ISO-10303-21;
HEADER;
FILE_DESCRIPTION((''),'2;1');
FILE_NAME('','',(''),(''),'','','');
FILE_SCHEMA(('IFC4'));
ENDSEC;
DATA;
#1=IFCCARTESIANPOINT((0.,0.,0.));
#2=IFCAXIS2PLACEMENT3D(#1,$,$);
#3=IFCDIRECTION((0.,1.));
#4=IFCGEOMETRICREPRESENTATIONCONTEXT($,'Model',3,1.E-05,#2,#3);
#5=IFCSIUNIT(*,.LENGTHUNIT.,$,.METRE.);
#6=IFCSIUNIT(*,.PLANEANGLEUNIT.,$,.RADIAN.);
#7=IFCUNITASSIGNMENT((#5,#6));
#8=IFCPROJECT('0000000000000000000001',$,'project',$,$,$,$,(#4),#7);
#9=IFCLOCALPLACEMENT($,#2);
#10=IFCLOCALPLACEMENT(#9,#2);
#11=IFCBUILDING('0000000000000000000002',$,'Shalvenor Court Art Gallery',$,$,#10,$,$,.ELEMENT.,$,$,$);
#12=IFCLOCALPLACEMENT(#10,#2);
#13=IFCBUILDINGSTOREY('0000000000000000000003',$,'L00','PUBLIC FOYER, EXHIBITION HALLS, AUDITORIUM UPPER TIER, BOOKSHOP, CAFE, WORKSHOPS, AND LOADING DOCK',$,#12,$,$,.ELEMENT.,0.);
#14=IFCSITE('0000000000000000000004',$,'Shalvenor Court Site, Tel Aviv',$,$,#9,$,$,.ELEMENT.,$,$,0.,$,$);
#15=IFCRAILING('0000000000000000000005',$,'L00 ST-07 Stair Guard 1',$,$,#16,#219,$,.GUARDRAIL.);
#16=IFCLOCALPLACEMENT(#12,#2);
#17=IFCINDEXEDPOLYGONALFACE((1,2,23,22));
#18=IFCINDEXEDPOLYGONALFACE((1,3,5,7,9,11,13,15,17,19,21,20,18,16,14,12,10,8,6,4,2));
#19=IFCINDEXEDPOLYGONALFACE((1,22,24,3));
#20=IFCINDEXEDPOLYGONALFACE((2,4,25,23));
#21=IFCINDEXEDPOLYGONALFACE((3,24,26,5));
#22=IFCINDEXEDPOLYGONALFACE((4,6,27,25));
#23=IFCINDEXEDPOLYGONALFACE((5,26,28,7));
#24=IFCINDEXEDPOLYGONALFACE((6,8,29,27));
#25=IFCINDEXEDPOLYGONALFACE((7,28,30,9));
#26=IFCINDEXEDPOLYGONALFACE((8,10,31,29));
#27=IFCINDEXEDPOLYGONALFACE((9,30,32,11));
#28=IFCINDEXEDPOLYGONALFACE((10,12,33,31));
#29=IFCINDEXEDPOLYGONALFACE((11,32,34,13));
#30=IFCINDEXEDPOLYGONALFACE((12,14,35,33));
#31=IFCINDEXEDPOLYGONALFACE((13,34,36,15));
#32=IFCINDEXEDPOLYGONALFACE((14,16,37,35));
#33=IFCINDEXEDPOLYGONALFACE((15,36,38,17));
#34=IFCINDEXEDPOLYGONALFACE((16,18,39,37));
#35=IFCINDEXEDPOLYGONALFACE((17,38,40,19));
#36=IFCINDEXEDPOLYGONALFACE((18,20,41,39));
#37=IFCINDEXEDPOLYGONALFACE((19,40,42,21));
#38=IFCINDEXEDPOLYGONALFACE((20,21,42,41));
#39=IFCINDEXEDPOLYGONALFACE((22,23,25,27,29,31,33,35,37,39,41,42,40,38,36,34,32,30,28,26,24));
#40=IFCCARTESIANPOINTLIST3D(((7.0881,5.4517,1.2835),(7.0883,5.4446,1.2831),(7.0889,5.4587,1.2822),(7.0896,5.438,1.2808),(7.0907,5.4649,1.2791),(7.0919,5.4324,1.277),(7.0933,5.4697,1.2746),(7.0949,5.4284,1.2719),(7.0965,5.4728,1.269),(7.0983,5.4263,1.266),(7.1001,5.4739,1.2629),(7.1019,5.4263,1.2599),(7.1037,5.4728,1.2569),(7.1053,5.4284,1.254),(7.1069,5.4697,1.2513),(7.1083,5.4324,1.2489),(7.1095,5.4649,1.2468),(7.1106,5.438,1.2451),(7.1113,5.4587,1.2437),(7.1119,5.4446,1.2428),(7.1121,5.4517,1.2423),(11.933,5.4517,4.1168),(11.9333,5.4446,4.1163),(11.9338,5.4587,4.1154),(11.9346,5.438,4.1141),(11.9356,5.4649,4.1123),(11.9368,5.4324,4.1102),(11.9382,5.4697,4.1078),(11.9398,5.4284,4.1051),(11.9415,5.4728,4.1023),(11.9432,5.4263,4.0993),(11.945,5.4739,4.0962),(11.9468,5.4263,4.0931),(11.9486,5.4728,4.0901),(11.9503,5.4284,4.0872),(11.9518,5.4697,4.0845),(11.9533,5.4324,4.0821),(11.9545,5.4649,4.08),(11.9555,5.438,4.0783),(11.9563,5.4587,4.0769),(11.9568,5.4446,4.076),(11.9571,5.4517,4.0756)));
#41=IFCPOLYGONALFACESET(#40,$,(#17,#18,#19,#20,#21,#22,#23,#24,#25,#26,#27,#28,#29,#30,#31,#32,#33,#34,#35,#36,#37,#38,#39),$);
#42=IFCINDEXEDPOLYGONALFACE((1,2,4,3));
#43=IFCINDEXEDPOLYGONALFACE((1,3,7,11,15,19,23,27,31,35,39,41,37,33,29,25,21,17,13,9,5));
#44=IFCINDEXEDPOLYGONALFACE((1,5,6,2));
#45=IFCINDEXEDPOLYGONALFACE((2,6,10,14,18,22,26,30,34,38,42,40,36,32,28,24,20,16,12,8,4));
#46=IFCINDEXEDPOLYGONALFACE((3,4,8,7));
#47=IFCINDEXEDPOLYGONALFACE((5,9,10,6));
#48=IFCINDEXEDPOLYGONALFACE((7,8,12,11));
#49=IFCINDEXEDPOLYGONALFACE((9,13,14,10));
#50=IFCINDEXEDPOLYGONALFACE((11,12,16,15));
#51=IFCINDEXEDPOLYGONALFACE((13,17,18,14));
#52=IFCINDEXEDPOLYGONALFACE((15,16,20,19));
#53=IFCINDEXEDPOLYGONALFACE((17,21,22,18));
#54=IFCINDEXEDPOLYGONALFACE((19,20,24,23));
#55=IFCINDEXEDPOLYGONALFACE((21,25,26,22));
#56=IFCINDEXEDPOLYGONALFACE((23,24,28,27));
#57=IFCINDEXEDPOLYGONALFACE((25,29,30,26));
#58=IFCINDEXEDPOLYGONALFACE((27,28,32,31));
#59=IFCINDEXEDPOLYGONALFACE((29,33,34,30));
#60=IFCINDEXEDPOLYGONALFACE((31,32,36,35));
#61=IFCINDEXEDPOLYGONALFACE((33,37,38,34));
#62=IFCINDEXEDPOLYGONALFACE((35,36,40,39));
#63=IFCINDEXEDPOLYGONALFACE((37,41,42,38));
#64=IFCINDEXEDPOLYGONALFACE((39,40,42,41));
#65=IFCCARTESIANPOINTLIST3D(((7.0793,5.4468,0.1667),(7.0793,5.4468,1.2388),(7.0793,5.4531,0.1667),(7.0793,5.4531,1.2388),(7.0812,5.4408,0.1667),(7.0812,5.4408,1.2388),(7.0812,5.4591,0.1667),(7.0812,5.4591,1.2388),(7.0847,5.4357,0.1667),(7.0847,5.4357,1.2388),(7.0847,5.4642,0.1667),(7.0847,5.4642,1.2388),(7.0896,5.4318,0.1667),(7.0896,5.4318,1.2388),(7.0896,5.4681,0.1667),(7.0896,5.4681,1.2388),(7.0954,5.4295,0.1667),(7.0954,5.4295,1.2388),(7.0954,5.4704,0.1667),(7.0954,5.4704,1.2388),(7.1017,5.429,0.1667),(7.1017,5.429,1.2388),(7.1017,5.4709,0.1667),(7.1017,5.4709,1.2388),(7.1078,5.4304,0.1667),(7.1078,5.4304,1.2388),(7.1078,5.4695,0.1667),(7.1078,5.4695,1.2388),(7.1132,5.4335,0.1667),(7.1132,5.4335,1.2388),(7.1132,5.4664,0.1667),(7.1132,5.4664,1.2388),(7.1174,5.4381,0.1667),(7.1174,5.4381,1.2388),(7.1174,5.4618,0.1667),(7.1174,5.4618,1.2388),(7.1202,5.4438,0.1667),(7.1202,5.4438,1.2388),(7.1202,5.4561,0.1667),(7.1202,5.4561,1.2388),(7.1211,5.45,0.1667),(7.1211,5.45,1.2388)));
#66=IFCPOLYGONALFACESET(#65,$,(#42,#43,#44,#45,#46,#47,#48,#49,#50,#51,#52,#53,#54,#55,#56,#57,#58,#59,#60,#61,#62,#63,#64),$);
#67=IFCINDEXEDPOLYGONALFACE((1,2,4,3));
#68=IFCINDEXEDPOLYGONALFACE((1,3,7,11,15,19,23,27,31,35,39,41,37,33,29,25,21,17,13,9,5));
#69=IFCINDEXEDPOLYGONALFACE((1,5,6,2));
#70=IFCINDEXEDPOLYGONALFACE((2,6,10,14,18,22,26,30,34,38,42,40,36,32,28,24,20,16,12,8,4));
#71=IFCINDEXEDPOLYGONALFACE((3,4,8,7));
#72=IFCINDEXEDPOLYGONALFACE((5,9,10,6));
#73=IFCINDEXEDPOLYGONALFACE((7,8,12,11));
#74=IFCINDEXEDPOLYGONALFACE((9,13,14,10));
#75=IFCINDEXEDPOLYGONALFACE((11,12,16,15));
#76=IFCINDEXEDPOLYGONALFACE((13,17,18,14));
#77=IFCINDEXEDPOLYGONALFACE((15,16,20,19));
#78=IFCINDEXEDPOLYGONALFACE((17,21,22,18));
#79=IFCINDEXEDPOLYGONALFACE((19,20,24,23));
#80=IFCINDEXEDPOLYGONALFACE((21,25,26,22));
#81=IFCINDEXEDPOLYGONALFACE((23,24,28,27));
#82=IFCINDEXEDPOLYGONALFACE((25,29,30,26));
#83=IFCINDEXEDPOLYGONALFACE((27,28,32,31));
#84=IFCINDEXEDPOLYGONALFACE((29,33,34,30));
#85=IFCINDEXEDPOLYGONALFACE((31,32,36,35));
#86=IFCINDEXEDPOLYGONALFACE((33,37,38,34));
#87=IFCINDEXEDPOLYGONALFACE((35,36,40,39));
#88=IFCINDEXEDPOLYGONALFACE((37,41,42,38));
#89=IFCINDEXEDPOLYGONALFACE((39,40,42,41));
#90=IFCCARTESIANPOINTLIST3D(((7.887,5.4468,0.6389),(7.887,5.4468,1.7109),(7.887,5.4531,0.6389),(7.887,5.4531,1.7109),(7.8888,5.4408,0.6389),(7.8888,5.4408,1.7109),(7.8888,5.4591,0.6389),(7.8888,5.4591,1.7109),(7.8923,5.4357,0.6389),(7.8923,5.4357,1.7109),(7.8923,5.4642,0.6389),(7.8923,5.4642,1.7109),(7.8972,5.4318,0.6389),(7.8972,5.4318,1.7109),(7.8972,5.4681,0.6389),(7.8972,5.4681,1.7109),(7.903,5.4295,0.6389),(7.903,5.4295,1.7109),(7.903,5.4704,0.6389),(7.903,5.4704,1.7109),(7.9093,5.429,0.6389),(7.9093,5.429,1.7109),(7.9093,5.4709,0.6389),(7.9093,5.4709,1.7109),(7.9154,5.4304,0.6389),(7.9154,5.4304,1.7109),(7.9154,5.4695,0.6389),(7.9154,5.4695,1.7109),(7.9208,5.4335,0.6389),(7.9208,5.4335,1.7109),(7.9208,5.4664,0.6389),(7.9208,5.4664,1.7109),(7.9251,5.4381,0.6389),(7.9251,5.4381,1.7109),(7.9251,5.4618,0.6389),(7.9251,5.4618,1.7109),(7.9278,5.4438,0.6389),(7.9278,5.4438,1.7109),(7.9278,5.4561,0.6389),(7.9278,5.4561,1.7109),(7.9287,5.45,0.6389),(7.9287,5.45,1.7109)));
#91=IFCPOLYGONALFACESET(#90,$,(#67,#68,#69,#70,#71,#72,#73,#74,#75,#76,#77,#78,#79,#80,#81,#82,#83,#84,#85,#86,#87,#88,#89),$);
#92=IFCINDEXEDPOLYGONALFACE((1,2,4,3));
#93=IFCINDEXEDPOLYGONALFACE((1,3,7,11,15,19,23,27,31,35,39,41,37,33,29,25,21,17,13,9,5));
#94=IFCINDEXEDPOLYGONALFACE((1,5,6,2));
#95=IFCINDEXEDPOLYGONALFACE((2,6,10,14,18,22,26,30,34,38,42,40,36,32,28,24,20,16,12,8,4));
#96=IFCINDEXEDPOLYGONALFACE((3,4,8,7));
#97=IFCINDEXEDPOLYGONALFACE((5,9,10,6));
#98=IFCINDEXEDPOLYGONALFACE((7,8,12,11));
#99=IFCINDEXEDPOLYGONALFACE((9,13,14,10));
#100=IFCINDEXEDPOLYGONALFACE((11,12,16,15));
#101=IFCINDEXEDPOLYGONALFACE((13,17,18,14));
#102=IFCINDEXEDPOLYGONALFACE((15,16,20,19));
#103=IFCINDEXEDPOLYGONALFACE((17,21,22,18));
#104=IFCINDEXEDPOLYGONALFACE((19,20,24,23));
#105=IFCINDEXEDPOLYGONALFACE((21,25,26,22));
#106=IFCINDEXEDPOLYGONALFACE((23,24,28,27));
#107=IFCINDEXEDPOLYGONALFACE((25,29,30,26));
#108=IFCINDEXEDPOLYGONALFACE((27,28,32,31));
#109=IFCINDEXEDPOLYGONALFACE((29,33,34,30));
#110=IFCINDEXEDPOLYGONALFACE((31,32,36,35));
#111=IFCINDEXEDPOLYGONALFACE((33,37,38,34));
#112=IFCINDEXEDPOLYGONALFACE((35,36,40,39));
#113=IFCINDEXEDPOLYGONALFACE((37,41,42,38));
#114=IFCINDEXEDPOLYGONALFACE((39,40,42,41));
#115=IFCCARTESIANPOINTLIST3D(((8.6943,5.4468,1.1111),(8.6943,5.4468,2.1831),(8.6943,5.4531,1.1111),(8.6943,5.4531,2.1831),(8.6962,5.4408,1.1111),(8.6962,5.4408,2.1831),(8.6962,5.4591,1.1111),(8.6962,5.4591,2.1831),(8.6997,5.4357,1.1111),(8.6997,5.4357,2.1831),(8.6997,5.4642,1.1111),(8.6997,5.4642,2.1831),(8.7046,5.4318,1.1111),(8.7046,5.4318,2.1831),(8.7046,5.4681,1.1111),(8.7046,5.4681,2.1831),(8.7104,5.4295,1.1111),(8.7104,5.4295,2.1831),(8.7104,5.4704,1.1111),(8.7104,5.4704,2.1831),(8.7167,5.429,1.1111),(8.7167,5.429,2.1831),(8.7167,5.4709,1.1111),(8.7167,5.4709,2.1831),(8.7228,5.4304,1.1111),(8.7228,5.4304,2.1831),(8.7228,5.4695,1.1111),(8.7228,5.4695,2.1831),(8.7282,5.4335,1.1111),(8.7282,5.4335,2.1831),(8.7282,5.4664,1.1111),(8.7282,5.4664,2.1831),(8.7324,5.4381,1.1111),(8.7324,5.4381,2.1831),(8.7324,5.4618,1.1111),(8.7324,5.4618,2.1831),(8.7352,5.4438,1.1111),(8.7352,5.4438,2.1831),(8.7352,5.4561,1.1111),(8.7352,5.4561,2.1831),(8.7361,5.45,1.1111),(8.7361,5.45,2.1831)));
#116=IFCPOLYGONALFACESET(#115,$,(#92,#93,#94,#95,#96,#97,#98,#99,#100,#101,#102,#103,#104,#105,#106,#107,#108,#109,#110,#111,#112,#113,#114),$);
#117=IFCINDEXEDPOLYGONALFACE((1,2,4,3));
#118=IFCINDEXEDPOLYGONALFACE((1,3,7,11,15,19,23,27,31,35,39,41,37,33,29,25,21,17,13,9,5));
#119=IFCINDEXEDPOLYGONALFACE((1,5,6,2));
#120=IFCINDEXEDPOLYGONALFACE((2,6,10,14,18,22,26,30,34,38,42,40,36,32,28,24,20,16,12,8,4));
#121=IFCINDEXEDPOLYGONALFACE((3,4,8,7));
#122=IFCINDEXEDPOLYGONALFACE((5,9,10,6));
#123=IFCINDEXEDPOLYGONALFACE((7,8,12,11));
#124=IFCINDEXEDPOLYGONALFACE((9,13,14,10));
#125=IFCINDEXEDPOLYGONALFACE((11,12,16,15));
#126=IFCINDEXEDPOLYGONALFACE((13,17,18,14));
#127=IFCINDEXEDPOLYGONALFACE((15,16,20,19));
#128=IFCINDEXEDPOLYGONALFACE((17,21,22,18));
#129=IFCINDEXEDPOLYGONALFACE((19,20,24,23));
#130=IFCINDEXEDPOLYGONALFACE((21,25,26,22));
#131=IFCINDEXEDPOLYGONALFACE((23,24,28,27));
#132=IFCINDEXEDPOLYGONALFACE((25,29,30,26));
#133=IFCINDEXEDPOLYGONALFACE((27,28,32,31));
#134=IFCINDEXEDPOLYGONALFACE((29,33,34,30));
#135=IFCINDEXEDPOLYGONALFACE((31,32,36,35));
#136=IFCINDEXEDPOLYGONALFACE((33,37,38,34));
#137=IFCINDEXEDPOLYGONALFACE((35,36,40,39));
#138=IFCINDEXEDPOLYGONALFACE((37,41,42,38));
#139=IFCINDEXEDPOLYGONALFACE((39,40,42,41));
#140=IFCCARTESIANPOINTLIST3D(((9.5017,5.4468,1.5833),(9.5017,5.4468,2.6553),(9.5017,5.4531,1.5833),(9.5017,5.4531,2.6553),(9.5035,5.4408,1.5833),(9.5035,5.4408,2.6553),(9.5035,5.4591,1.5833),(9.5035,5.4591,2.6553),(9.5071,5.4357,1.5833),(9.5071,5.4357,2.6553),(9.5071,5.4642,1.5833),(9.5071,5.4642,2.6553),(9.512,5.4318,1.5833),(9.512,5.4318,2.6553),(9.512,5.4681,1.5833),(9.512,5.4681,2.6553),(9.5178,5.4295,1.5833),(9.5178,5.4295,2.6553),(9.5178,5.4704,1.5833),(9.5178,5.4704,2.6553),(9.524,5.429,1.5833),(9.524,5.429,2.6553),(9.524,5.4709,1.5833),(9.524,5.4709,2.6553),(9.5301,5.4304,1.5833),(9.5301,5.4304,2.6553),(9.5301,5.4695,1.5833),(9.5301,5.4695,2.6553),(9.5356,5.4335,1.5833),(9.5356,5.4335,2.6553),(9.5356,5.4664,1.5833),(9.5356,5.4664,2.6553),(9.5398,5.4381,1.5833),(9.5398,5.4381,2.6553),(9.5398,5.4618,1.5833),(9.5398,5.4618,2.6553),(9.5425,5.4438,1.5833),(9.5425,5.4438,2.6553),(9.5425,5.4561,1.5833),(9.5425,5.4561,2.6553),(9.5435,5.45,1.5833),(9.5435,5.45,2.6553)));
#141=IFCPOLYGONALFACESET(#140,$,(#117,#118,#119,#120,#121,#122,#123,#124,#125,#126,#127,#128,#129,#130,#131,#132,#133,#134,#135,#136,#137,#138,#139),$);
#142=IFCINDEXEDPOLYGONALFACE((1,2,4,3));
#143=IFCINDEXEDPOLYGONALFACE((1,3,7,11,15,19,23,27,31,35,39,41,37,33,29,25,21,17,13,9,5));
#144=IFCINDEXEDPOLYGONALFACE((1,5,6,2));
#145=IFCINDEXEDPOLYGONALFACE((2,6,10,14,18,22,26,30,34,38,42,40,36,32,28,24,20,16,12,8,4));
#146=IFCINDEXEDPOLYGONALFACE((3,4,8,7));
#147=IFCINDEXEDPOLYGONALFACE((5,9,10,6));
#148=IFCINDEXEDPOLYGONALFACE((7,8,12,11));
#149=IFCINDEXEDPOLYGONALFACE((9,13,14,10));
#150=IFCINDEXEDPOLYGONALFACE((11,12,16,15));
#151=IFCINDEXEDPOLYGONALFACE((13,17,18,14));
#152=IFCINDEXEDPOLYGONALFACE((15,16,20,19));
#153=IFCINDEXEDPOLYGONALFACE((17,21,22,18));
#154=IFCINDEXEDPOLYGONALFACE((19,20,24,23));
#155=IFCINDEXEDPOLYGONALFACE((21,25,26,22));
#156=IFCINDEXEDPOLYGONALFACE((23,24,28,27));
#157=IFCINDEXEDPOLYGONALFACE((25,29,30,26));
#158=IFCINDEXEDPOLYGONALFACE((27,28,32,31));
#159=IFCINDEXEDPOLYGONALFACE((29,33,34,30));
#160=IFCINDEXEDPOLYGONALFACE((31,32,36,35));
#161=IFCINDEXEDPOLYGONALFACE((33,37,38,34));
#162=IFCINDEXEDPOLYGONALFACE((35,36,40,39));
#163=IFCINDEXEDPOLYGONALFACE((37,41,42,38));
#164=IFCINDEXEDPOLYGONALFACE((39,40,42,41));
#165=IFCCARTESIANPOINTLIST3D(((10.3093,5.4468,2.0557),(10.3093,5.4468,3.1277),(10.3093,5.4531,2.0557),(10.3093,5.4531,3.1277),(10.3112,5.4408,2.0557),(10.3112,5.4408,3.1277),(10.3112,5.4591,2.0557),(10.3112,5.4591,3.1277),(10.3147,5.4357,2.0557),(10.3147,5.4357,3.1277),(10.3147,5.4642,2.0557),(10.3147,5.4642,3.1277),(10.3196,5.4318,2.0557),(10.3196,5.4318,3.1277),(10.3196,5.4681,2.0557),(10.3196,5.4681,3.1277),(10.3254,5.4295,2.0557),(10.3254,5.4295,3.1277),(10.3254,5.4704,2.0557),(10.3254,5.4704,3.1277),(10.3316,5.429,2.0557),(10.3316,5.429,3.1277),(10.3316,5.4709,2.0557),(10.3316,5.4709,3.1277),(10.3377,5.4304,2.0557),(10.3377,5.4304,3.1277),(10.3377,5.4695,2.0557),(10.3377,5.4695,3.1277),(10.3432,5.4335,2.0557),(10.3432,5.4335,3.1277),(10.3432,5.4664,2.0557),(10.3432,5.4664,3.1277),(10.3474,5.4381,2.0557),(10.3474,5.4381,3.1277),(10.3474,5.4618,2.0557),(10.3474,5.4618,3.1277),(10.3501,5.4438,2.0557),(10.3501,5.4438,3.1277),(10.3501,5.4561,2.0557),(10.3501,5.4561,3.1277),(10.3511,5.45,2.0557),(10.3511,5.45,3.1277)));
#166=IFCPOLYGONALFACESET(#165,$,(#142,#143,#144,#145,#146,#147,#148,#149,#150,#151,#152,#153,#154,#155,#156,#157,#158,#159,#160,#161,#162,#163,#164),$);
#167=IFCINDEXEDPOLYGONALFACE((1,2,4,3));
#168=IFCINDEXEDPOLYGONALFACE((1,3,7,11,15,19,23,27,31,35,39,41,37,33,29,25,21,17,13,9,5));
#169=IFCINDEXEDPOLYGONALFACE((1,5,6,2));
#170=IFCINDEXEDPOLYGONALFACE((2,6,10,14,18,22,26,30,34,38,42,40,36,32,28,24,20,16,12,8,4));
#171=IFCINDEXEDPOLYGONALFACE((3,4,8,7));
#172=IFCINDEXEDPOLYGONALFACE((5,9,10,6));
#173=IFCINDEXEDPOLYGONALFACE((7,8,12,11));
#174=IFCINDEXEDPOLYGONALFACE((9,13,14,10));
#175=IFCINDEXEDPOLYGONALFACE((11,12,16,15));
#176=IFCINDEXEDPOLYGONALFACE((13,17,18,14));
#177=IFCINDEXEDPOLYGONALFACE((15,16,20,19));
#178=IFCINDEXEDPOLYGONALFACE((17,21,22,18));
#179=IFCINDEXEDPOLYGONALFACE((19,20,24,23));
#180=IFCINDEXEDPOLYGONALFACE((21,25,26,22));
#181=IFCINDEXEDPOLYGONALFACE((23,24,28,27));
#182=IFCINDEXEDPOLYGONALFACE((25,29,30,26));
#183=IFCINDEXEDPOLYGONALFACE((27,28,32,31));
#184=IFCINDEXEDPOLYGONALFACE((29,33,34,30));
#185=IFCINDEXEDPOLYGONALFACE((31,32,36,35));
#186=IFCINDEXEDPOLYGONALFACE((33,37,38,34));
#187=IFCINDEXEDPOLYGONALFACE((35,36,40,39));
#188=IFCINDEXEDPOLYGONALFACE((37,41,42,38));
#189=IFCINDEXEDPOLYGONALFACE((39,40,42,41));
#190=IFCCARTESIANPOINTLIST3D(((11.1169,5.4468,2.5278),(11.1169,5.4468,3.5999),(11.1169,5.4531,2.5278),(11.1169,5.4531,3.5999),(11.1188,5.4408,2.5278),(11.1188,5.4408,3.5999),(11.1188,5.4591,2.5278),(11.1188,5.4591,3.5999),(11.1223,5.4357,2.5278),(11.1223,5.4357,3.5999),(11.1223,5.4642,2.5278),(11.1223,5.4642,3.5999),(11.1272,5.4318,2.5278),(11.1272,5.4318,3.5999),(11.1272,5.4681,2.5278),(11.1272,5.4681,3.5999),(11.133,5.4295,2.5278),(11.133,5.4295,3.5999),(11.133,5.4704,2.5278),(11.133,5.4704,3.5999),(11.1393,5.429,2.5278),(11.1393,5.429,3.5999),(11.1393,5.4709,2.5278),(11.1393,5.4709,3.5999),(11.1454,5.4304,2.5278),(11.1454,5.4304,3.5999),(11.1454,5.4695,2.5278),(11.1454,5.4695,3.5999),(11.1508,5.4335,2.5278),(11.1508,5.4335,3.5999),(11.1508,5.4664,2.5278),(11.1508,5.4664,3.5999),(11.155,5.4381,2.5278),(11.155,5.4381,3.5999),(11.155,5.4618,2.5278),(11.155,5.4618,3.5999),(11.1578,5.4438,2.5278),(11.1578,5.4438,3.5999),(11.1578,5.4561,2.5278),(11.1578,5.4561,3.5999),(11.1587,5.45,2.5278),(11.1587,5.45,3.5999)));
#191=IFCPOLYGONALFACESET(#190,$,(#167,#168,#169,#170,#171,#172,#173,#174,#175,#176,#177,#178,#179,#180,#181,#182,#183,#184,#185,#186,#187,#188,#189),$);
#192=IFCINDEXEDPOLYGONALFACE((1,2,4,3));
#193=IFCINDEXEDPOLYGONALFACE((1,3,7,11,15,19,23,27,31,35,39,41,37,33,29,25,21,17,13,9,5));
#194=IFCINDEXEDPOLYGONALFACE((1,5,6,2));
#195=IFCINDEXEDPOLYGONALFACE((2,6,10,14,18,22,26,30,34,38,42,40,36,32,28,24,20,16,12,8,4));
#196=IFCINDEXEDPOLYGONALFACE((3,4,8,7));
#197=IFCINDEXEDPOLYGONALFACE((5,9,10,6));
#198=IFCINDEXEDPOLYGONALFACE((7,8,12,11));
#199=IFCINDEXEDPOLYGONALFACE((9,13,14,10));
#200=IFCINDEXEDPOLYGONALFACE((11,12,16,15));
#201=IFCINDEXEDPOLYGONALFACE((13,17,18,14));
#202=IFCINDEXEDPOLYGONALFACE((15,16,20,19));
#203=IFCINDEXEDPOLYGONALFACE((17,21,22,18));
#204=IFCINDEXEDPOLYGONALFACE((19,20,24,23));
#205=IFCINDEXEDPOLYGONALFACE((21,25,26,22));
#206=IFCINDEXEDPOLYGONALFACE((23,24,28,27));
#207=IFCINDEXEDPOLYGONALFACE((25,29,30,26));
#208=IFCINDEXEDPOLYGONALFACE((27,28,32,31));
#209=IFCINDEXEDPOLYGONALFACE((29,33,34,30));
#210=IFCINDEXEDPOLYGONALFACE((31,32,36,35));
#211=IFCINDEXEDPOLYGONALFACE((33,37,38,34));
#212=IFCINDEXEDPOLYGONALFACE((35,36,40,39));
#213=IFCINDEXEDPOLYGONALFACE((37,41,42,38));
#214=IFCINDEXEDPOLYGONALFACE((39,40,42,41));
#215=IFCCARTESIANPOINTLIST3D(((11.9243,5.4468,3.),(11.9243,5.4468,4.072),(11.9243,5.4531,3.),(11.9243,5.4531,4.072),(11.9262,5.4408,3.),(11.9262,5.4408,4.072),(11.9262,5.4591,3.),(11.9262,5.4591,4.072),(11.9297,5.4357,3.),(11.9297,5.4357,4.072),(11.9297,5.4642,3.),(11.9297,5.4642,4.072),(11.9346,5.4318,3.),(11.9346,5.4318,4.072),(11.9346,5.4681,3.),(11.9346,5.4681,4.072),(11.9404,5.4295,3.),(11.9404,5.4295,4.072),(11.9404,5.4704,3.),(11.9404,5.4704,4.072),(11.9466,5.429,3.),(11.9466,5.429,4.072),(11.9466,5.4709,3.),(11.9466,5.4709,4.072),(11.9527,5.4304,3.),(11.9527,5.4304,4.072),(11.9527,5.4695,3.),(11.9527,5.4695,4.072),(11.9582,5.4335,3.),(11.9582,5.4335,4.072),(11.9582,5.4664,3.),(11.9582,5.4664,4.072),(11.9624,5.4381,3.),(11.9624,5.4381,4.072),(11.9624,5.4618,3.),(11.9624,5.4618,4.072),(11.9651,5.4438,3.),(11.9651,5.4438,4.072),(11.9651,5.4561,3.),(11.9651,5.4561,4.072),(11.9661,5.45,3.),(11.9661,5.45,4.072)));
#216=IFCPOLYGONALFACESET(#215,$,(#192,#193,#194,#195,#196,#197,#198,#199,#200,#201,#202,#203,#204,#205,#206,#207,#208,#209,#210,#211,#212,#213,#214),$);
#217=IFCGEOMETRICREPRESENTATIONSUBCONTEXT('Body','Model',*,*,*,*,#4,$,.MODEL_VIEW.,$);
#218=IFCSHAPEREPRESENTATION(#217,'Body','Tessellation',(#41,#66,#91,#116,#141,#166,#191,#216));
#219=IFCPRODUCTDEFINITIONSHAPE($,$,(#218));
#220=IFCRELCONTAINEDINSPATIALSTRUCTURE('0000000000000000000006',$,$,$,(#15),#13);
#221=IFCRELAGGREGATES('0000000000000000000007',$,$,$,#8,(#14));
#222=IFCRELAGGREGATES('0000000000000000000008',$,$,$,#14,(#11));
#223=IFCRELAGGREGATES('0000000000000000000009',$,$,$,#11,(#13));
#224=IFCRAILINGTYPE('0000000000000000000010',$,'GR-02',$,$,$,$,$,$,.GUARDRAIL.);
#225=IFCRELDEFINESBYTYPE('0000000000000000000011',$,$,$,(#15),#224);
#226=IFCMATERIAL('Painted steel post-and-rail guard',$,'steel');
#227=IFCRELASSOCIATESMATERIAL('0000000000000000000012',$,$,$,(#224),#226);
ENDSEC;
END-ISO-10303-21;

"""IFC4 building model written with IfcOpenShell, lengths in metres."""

from ifc_helpers import new_model, si_unit, direction, frame, origin, origin_2d, place, context, subcontext, project, spatial, circle, extrude, material, type_object, element, save


model = new_model("IFC4")

# Units and contexts
model_context = context("Model", 3, precision=1e-05, world=origin(), true_north=direction((0.0, 1.0)))
body_context = subcontext(model_context, "Body", "Model", "MODEL_VIEW")
ifc_project = project(units=[si_unit("LENGTHUNIT", "METRE"), si_unit("PLANEANGLEUNIT", "RADIAN")], contexts=[model_context])

# Site, building, storey
site_placement = place(None, origin())
site = spatial("IfcSite", under=ifc_project, at=site_placement, Name="Shalvenor Court Site, Tel Aviv", CompositionType="ELEMENT", RefElevation=0.0)
building_placement = place(site_placement, origin())
building = spatial("IfcBuilding", under=site, at=building_placement, Name="Shalvenor Court Art Gallery", CompositionType="ELEMENT")
storey_placement = place(building_placement, origin())
storey = spatial("IfcBuildingStorey", under=building, at=storey_placement, Name="L00", Description="PUBLIC FOYER, EXHIBITION HALLS, AUDITORIUM UPPER TIER, BOOKSHOP, CAFE, WORKSHOPS, AND LOADING DOCK", CompositionType="ELEMENT", Elevation=0.0)

# Railing
ifc_material_1 = material(Name="Painted steel post-and-rail guard", Category="steel")
railing_type_1 = type_object("IfcRailingType", Name="GR-02", PredefinedType="GUARDRAIL", material=ifc_material_1)
railing_1_placement = place(storey_placement, frame((7.1001, 5.45, 0.1667)))
element("IfcRailing", 1, at=railing_1_placement, inside=storey, type_object=railing_type_1, Name="L00 ST-07 Stair Guard 1", PredefinedType="GUARDRAIL", context=body_context, shape_type="SweptSolid", body=[
    extrude(circle(Radius=0.0239, at=origin_2d()), frame((0.0, 0.0, 1.0962), z_axis=(0.863234, 0.0, 0.504804), x_axis=(0.0, 1.0, 0.0)), (0.0, 0.0, 1.0), 5.6125),
    extrude(circle(Radius=0.021, at=origin_2d()), origin(), (0.0, 0.0, 1.0), 1.072),
    extrude(circle(Radius=0.021, at=origin_2d()), frame((0.8076, 0.0, 0.4722)), (0.0, 0.0, 1.0), 1.072),
    extrude(circle(Radius=0.021, at=origin_2d()), frame((1.615, 0.0, 0.9443)), (0.0, 0.0, 1.0), 1.072),
    extrude(circle(Radius=0.021, at=origin_2d()), frame((2.4224, 0.0, 1.4165)), (0.0, 0.0, 1.0), 1.072),
    extrude(circle(Radius=0.021, at=origin_2d()), frame((3.23, 0.0, 1.8889)), (0.0, 0.0, 1.0), 1.072),
    extrude(circle(Radius=0.021, at=origin_2d()), frame((4.0376, 0.0, 2.3611)), (0.0, 0.0, 1.0), 1.072),
    extrude(circle(Radius=0.021, at=origin_2d()), frame((4.845, 0.0, 2.8333)), (0.0, 0.0, 1.0), 1.072),
])

save(model, "model.ifc")
